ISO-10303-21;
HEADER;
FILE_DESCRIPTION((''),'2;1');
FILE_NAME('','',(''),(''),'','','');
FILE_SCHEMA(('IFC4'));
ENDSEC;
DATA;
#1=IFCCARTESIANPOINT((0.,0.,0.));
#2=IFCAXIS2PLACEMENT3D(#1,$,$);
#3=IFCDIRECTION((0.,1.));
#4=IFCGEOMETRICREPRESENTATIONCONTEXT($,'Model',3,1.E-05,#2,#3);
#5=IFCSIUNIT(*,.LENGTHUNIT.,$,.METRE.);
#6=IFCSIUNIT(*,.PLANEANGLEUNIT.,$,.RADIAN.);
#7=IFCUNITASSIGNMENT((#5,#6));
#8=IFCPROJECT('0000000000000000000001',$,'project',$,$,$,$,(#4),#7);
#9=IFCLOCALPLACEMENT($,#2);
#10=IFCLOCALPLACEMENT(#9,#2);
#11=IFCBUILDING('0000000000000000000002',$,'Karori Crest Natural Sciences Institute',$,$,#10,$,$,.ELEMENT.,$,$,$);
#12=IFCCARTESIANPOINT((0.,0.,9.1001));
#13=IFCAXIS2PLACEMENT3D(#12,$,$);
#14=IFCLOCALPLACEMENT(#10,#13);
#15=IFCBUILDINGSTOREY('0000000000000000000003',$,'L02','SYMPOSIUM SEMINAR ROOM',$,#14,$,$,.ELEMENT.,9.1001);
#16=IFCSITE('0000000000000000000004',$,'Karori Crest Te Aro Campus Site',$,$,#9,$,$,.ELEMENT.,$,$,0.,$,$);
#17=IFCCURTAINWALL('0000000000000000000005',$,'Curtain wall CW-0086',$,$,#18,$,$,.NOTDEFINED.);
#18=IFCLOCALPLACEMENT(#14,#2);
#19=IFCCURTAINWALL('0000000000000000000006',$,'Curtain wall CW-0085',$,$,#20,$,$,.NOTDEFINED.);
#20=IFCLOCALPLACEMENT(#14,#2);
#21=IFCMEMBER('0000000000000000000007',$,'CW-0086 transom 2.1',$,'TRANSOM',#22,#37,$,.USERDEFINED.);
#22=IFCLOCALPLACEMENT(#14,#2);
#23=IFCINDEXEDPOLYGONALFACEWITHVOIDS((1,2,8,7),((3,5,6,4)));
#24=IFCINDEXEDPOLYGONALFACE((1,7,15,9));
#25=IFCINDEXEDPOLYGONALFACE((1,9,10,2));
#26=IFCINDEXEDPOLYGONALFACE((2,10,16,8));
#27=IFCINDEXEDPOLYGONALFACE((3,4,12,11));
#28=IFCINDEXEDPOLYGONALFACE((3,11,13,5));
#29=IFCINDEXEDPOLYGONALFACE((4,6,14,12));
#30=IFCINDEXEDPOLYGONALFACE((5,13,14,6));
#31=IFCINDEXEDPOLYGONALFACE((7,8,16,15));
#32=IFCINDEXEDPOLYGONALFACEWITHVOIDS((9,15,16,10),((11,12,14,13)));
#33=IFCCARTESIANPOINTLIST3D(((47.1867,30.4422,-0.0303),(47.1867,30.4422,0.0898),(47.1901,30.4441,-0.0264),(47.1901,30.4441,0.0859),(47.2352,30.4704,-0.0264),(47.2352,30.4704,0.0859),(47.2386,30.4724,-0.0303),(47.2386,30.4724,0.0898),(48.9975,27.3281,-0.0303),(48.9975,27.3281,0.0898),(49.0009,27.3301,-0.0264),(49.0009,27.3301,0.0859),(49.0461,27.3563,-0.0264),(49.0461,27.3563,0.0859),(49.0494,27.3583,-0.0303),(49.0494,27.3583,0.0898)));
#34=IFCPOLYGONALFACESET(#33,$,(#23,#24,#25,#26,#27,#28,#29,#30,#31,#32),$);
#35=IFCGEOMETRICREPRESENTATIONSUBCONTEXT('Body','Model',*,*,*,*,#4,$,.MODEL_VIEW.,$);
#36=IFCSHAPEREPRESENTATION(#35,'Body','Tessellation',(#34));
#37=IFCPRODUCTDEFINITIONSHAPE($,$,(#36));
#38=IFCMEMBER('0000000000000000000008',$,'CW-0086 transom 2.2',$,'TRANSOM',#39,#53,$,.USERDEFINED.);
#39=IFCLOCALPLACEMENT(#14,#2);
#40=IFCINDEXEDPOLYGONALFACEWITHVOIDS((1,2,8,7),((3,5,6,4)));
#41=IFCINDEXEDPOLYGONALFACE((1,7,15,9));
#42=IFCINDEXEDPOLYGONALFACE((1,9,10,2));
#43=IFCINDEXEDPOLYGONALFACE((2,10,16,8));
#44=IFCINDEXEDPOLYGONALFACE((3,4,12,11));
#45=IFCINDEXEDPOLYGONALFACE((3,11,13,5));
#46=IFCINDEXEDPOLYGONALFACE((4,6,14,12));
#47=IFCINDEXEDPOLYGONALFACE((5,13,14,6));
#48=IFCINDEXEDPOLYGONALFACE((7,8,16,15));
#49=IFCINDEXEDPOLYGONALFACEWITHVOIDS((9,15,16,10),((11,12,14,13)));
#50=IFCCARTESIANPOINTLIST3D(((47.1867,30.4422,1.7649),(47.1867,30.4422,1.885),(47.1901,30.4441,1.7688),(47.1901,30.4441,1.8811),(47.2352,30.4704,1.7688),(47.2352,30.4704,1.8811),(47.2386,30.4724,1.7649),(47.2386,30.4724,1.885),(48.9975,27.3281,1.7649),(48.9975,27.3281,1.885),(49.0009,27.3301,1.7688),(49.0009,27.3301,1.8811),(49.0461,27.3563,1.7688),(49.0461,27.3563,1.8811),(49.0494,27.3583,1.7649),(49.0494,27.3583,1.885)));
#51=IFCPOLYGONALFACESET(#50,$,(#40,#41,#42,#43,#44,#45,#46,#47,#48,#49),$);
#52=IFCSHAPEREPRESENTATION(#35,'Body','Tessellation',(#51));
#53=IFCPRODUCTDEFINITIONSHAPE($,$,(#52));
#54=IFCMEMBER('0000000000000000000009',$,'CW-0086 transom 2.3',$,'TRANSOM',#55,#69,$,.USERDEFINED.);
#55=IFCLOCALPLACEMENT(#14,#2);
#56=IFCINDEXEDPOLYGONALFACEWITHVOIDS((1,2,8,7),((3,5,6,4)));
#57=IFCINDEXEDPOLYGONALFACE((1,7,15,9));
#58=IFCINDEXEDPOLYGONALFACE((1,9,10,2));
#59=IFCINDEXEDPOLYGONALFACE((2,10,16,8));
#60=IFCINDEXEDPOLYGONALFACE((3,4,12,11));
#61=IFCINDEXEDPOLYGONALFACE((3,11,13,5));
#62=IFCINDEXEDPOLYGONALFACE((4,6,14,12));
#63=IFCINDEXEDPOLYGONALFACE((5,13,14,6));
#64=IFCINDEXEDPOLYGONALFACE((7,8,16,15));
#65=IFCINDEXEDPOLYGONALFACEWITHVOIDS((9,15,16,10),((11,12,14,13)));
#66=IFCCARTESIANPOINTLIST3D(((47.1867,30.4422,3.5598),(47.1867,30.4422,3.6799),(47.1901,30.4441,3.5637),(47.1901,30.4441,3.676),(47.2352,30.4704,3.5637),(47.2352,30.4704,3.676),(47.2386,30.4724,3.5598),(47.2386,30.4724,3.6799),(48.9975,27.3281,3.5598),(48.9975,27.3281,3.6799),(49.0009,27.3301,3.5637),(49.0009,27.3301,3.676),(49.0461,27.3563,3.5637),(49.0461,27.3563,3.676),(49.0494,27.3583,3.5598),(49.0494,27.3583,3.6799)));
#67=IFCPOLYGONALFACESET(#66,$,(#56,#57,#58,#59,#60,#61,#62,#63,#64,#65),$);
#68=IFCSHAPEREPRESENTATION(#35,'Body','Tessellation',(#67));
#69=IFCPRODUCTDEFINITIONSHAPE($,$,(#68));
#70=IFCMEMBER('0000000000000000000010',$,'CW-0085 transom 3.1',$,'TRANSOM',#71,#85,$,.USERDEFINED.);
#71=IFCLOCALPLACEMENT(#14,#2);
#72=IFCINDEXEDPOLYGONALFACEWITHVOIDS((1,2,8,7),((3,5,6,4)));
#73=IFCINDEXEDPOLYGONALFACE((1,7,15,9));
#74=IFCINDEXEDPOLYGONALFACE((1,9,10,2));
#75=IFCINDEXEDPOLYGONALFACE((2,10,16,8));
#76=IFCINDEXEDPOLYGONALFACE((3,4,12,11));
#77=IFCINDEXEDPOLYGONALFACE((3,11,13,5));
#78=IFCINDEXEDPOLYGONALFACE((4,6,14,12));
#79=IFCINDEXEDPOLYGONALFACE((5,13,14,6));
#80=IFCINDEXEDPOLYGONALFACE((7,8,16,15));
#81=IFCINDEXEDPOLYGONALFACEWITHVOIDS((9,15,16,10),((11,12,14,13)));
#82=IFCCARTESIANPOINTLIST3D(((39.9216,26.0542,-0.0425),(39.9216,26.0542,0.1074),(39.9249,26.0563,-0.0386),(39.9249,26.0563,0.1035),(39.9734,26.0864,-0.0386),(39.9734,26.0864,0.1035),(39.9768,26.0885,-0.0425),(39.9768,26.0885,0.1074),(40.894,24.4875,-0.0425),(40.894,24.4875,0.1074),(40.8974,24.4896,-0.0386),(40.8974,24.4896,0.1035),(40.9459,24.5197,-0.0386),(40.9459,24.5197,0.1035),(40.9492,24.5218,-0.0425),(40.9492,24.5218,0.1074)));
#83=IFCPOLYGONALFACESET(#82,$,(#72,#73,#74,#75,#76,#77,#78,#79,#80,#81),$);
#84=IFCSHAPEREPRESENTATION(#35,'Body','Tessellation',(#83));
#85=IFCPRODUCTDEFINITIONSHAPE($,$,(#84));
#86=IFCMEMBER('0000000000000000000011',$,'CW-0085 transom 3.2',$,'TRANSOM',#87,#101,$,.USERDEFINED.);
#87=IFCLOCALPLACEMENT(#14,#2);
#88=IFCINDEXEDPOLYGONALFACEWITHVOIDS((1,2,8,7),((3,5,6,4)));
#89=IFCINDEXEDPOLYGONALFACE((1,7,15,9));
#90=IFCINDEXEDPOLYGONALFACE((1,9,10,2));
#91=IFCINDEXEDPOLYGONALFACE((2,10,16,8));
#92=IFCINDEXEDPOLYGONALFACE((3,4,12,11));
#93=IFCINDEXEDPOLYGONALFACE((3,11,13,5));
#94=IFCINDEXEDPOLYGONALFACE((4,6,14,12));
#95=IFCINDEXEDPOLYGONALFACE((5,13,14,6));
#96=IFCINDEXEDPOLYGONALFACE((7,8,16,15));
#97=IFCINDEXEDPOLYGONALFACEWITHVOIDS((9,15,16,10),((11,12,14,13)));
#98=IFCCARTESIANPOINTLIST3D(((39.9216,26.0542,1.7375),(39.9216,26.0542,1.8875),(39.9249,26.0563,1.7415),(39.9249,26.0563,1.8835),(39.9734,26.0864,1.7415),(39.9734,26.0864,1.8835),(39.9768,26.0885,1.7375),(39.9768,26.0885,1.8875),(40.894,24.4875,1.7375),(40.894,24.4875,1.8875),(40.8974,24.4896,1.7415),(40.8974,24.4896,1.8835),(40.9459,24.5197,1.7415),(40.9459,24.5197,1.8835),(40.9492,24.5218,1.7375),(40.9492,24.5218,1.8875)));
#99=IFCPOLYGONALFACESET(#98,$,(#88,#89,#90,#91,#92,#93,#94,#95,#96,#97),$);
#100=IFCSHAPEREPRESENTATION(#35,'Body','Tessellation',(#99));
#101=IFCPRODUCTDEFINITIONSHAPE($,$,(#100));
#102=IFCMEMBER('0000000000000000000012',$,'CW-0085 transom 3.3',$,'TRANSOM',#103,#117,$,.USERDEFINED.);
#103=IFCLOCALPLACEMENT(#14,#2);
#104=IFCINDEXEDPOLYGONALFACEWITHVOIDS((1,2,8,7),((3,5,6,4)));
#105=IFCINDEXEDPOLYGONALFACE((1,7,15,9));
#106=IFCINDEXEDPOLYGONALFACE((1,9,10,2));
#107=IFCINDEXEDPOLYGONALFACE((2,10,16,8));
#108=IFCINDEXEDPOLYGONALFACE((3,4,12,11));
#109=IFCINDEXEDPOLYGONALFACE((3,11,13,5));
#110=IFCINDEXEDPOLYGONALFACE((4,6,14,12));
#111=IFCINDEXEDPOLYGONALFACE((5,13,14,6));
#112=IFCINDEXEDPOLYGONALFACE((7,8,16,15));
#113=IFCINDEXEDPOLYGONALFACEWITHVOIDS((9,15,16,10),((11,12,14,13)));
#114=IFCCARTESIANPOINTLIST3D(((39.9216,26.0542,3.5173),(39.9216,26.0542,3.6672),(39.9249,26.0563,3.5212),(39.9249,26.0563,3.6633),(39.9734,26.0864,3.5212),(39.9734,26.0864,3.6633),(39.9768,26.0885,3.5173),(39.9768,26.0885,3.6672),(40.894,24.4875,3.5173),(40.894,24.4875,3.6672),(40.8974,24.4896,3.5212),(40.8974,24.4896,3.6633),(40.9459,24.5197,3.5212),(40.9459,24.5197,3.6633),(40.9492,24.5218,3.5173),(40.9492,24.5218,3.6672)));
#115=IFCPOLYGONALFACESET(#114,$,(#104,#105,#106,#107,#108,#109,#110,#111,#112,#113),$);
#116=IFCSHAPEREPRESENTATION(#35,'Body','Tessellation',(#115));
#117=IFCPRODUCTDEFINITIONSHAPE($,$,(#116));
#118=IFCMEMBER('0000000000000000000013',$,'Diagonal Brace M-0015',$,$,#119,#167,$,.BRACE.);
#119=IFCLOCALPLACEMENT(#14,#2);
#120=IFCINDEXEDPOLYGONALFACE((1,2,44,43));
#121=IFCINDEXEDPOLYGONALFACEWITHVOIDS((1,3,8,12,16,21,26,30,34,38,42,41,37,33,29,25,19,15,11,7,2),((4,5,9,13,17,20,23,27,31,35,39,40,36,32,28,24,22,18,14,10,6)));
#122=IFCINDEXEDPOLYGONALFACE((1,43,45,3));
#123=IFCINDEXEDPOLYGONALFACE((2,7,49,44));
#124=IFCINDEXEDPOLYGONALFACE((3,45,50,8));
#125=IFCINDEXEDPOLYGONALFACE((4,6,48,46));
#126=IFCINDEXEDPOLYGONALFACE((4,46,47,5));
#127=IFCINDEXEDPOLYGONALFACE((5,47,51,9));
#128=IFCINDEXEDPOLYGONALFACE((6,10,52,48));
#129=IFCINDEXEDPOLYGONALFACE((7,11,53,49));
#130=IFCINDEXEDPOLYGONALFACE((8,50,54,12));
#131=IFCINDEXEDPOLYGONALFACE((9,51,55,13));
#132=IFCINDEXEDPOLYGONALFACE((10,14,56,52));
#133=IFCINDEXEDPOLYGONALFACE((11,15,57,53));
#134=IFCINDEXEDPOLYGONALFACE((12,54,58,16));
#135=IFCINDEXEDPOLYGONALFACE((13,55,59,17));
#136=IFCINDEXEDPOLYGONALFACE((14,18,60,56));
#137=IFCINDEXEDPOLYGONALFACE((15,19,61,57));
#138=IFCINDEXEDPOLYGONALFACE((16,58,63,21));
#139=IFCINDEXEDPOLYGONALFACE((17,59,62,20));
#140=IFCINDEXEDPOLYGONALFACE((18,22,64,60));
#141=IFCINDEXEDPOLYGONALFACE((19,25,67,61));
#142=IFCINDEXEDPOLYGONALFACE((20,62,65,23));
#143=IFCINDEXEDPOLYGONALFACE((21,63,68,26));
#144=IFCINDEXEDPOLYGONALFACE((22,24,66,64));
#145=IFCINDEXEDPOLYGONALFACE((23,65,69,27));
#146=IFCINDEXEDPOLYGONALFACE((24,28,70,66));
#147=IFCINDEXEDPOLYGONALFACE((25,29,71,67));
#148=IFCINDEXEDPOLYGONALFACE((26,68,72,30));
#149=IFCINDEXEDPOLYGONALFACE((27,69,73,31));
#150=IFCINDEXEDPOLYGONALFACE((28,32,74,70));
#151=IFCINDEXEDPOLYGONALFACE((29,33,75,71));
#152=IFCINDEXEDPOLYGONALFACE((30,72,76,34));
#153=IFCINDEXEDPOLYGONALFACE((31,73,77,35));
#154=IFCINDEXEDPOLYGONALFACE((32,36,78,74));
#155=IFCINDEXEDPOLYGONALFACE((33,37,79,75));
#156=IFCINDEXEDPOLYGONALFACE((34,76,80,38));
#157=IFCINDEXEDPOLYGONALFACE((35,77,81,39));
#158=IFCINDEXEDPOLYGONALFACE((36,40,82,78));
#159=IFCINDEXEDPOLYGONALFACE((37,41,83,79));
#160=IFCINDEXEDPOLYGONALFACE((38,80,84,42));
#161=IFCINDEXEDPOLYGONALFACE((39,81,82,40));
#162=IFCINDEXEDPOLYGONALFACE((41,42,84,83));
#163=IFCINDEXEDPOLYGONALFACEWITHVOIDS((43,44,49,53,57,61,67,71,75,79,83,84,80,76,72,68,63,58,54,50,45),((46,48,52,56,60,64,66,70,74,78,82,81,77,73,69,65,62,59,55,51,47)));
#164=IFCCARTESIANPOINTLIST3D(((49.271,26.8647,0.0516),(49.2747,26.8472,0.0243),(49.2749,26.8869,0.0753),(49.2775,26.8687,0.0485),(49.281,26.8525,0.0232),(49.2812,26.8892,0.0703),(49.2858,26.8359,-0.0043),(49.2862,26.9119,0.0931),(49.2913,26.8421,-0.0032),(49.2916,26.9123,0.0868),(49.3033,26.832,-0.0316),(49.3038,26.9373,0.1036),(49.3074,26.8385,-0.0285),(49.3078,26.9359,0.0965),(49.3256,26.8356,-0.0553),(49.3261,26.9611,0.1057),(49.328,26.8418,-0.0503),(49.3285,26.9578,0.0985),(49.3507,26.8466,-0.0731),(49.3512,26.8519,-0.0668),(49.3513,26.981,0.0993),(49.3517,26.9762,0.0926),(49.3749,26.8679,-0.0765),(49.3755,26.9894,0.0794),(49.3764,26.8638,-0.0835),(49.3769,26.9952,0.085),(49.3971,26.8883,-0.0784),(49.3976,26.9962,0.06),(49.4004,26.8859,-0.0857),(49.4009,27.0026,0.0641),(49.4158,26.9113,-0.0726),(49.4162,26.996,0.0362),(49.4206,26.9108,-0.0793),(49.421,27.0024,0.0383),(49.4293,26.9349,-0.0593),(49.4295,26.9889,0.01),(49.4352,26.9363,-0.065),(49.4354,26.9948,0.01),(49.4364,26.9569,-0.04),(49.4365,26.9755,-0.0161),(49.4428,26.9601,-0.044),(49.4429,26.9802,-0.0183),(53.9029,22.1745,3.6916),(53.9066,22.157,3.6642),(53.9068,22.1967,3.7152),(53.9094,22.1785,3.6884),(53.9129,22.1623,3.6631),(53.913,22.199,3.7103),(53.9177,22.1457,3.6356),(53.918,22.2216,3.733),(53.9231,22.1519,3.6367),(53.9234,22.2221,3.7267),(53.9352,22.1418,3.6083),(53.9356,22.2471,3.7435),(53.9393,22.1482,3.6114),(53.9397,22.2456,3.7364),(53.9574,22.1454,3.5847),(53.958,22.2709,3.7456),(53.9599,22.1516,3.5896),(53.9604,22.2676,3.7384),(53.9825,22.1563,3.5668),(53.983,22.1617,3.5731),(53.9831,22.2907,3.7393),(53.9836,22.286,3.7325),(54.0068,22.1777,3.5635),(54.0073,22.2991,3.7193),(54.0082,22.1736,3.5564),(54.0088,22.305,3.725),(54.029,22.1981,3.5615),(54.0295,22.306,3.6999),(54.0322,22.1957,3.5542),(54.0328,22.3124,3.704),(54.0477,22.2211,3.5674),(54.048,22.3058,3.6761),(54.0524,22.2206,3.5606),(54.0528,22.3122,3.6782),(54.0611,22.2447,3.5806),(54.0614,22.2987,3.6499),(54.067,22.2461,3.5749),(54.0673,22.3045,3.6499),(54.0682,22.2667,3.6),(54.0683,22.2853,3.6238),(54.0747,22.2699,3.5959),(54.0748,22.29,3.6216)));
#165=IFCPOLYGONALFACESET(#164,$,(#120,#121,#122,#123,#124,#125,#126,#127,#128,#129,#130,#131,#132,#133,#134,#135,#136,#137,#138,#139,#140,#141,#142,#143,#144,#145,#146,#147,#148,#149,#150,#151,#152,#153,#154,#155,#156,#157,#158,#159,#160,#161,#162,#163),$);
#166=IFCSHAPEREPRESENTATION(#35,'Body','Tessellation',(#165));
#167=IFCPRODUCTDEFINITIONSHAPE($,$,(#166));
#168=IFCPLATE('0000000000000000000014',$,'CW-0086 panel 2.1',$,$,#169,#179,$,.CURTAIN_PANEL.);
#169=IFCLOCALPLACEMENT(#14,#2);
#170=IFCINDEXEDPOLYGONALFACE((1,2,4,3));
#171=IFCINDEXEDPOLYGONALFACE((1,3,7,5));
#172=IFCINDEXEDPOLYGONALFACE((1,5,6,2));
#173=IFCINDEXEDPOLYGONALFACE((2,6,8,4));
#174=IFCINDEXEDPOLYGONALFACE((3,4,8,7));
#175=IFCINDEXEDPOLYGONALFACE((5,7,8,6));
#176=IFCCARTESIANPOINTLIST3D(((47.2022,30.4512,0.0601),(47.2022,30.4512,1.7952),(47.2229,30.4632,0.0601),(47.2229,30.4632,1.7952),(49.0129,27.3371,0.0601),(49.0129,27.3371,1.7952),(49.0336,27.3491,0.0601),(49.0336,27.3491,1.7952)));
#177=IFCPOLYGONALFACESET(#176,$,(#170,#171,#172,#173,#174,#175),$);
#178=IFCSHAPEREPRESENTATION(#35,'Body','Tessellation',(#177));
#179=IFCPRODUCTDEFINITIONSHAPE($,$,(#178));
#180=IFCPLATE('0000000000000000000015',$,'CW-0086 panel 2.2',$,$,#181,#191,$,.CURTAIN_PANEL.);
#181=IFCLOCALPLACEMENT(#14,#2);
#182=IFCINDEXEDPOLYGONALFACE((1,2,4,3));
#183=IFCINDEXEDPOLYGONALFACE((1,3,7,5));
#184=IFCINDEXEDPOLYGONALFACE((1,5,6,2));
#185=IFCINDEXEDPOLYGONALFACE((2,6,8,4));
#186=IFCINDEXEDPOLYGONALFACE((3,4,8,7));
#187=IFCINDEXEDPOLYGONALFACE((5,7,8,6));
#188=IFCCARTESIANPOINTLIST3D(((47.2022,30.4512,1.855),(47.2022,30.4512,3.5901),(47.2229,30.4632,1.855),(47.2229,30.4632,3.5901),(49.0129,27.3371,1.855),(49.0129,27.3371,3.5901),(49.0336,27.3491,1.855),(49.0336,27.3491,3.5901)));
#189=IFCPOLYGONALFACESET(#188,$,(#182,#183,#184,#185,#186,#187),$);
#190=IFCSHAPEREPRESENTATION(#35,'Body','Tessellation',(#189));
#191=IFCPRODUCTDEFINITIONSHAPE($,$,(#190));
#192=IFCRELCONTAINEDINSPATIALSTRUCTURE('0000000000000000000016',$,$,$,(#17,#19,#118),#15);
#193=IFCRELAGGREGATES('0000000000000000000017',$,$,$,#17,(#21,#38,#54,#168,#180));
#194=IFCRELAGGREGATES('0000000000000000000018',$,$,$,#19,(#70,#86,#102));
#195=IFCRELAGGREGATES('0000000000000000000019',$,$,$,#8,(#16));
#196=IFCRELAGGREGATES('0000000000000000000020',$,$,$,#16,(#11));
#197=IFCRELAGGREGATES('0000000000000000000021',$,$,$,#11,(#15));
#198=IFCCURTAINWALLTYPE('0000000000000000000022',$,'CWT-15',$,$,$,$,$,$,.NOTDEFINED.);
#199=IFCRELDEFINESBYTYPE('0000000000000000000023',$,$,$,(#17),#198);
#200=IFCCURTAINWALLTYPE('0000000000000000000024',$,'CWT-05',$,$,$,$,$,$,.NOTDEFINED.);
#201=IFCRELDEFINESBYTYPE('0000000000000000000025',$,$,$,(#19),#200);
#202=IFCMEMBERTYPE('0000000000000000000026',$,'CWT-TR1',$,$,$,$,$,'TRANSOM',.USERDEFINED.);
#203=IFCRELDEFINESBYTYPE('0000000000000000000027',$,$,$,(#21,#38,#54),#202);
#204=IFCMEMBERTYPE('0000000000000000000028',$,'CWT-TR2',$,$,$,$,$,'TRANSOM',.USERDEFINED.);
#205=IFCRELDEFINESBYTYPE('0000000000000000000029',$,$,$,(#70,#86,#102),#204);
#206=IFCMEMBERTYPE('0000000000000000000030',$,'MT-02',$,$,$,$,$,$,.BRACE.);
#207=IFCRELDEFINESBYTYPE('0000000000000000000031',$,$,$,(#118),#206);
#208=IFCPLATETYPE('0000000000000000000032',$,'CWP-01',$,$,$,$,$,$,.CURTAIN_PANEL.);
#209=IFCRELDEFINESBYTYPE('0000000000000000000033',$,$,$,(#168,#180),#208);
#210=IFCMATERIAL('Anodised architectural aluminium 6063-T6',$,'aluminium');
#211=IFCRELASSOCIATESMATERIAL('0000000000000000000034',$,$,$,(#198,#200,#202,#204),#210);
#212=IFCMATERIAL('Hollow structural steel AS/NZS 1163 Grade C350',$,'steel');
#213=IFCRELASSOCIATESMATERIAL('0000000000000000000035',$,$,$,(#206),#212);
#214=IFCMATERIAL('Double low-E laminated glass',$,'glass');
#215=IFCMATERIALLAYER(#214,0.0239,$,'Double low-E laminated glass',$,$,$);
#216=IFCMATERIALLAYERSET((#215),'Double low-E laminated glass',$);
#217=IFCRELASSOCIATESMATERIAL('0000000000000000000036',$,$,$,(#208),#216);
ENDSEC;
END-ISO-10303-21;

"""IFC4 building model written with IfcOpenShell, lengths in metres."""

from ifc_helpers import new_model, si_unit, direction, frame, origin, origin_2d, place, context, subcontext, project, spatial, rectangle, hollow_rectangle, hollow_circle, extrude, material, layer, layer_set, material_profile, profile_set, type_object, element, aggregate, save


model = new_model("IFC4")

# Units and contexts
model_context = context("Model", 3, precision=1e-05, world=origin(), true_north=direction((0.0, 1.0)))
body_context = subcontext(model_context, "Body", "Model", "MODEL_VIEW")
ifc_project = project(units=[si_unit("LENGTHUNIT", "METRE"), si_unit("PLANEANGLEUNIT", "RADIAN")], contexts=[model_context])

# Site, building, storey
site_placement = place(None, origin())
site = spatial("IfcSite", under=ifc_project, at=site_placement, Name="Karori Crest Te Aro Campus Site", CompositionType="ELEMENT", RefElevation=0.0)
building_placement = place(site_placement, origin())
building = spatial("IfcBuilding", under=site, at=building_placement, Name="Karori Crest Natural Sciences Institute", CompositionType="ELEMENT")
storey_placement = place(building_placement, frame((0.0, 0.0, 9.1001)))
storey = spatial("IfcBuildingStorey", under=building, at=storey_placement, Name="L02", Description="SYMPOSIUM SEMINAR ROOM", CompositionType="ELEMENT", Elevation=9.1001)

# Shared definitions
ifc_material_1 = material(Name="Hollow structural steel AS/NZS 1163 Grade C350", Category="steel")

# Curtain wall
ifc_material_2 = material(Name="Anodised architectural aluminium 6063-T6", Category="aluminium")
curtain_wall_type_1 = type_object("IfcCurtainWallType", Name="CWT-15", PredefinedType="NOTDEFINED", material=ifc_material_2)
curtain_wall_1_placement = place(storey_placement, origin())
curtain_wall_1 = element("IfcCurtainWall", 1, at=curtain_wall_1_placement, inside=storey, type_object=curtain_wall_type_1, Name="Curtain wall CW-0086", PredefinedType="NOTDEFINED")

# Curtain wall
curtain_wall_type_2 = type_object("IfcCurtainWallType", Name="CWT-05", PredefinedType="NOTDEFINED", material=ifc_material_2)
curtain_wall_2_placement = place(storey_placement, origin())
curtain_wall_2 = element("IfcCurtainWall", 2, at=curtain_wall_2_placement, inside=storey, type_object=curtain_wall_type_2, Name="Curtain wall CW-0085", PredefinedType="NOTDEFINED")

# Members
ifc_material_profile_1 = material_profile(ifc_material_2, hollow_rectangle(XDim=0.0601, YDim=0.1201, WallThickness=0.0039, at=origin_2d()), Name="CWT120x60x4")
ifc_profile_set_1 = profile_set([ifc_material_profile_1], Name="Anodised architectural aluminium 6063-T6")
member_type_1 = type_object("IfcMemberType", Name="CWT-TR1", ElementType="TRANSOM", PredefinedType="USERDEFINED", material=ifc_profile_set_1)
member_1_placement = place(storey_placement, frame((47.2126, 30.4573, 0.0298), z_axis=(0.502686, -0.864469, 0.0), x_axis=(0.864469, 0.502686, 0.0)))
member_1 = element("IfcMember", 3, at=member_1_placement, type_object=member_type_1, Name="CW-0086 transom 2.1", ObjectType="TRANSOM", PredefinedType="USERDEFINED", context=body_context, shape_type="SweptSolid", body=[
    extrude(hollow_rectangle(XDim=0.0601, YDim=0.1201, WallThickness=0.0039, at=origin_2d()), origin(), (0.0, 0.0, 1.0), 3.6023),
])
member_2_placement = place(storey_placement, frame((47.2126, 30.4573, 1.825), z_axis=(0.502686, -0.864469, 0.0), x_axis=(0.864469, 0.502686, 0.0)))
member_2 = element("IfcMember", 4, at=member_2_placement, type_object=member_type_1, Name="CW-0086 transom 2.2", ObjectType="TRANSOM", PredefinedType="USERDEFINED", context=body_context, shape_type="SweptSolid", body=[
    extrude(hollow_rectangle(XDim=0.0601, YDim=0.1201, WallThickness=0.0039, at=origin_2d()), origin(), (0.0, 0.0, 1.0), 3.6023),
])
member_3_placement = place(storey_placement, frame((47.2126, 30.4573, 3.6199), z_axis=(0.502686, -0.864469, 0.0), x_axis=(0.864469, 0.502686, 0.0)))
member_3 = element("IfcMember", 5, at=member_3_placement, type_object=member_type_1, Name="CW-0086 transom 2.3", ObjectType="TRANSOM", PredefinedType="USERDEFINED", context=body_context, shape_type="SweptSolid", body=[
    extrude(hollow_rectangle(XDim=0.0601, YDim=0.1201, WallThickness=0.0039, at=origin_2d()), origin(), (0.0, 0.0, 1.0), 3.6023),
])
ifc_material_profile_2 = material_profile(ifc_material_2, hollow_rectangle(XDim=0.0649, YDim=0.1499, WallThickness=0.0039, at=origin_2d()), Name="CWT150x65x4")
ifc_profile_set_2 = profile_set([ifc_material_profile_2], Name="Anodised architectural aluminium 6063-T6")
member_type_2 = type_object("IfcMemberType", Name="CWT-TR2", ElementType="TRANSOM", PredefinedType="USERDEFINED", material=ifc_profile_set_2)
member_4_placement = place(storey_placement, frame((40.9216, 24.5046, 0.0325), z_axis=(-0.527366, 0.849638, 0.0), x_axis=(-0.849638, -0.527366, 0.0)))
member_4 = element("IfcMember", 6, at=member_4_placement, type_object=member_type_2, Name="CW-0085 transom 3.1", ObjectType="TRANSOM", PredefinedType="USERDEFINED", context=body_context, shape_type="SweptSolid", body=[
    extrude(hollow_rectangle(XDim=0.0649, YDim=0.1499, WallThickness=0.0039, at=origin_2d()), origin(), (0.0, 0.0, 1.0), 1.844),
])
member_5_placement = place(storey_placement, frame((40.9216, 24.5046, 1.8125), z_axis=(-0.527366, 0.849638, 0.0), x_axis=(-0.849638, -0.527366, 0.0)))
member_5 = element("IfcMember", 7, at=member_5_placement, type_object=member_type_2, Name="CW-0085 transom 3.2", ObjectType="TRANSOM", PredefinedType="USERDEFINED", context=body_context, shape_type="SweptSolid", body=[
    extrude(hollow_rectangle(XDim=0.0649, YDim=0.1499, WallThickness=0.0039, at=origin_2d()), origin(), (0.0, 0.0, 1.0), 1.844),
])
member_6_placement = place(storey_placement, frame((40.9216, 24.5046, 3.5923), z_axis=(-0.527366, 0.849638, 0.0), x_axis=(-0.849638, -0.527366, 0.0)))
member_6 = element("IfcMember", 8, at=member_6_placement, type_object=member_type_2, Name="CW-0085 transom 3.3", ObjectType="TRANSOM", PredefinedType="USERDEFINED", context=body_context, shape_type="SweptSolid", body=[
    extrude(hollow_rectangle(XDim=0.0649, YDim=0.1499, WallThickness=0.0039, at=origin_2d()), origin(), (0.0, 0.0, 1.0), 1.844),
])
ifc_material_profile_3 = material_profile(ifc_material_1, hollow_circle(Radius=0.1096, WallThickness=0.0083, at=origin_2d()), Name="CHS219.1x8.2")
ifc_profile_set_3 = profile_set([ifc_material_profile_3], Name="Hollow structural steel AS/NZS 1163 Grade C350")
member_type_3 = type_object("IfcMemberType", Name="MT-02", PredefinedType="BRACE", material=ifc_profile_set_3)
member_7_placement = place(storey_placement, frame((49.3574, 26.9177, 0.01), z_axis=(0.615119, -0.622868, 0.483387), x_axis=(0.711519, 0.702667, 0.0)))
element("IfcMember", 9, at=member_7_placement, inside=storey, type_object=member_type_3, Name="Diagonal Brace M-0015", PredefinedType="BRACE", context=body_context, shape_type="SweptSolid", body=[
    extrude(hollow_circle(Radius=0.1096, WallThickness=0.0083, at=origin_2d()), origin(), (0.0, 0.0, 1.0), 7.53),
])

# Plates
ifc_material_3 = material(Name="Double low-E laminated glass", Category="glass")
ifc_layer_1 = layer(ifc_material_3, 0.0239, Name="Double low-E laminated glass")
ifc_layer_set_1 = layer_set([ifc_layer_1], Name="Double low-E laminated glass")
plate_type_1 = type_object("IfcPlateType", Name="CWP-01", PredefinedType="CURTAIN_PANEL", material=ifc_layer_set_1)
plate_1_placement = place(storey_placement, frame((48.1179, 28.9001, 0.0601), z_axis=(0.0, 0.0, 1.0), x_axis=(0.50266, -0.864484, 0.0)))
plate_1 = element("IfcPlate", 10, at=plate_1_placement, type_object=plate_type_1, Name="CW-0086 panel 2.1", PredefinedType="CURTAIN_PANEL", context=body_context, shape_type="SweptSolid", body=[
    extrude(rectangle(XDim=3.6023, YDim=0.0239, at=origin_2d()), origin(), (0.0, 0.0, 1.0), 1.7351),
])
plate_2_placement = place(storey_placement, frame((48.1179, 28.9001, 1.855), z_axis=(0.0, 0.0, 1.0), x_axis=(0.50266, -0.864484, 0.0)))
plate_2 = element("IfcPlate", 11, at=plate_2_placement, type_object=plate_type_1, Name="CW-0086 panel 2.2", PredefinedType="CURTAIN_PANEL", context=body_context, shape_type="SweptSolid", body=[
    extrude(rectangle(XDim=3.6023, YDim=0.0239, at=origin_2d()), origin(), (0.0, 0.0, 1.0), 1.7351),
])
aggregate(curtain_wall_1, [member_1, member_2, member_3, plate_1, plate_2])
aggregate(curtain_wall_2, [member_4, member_5, member_6])

save(model, "model.ifc")
